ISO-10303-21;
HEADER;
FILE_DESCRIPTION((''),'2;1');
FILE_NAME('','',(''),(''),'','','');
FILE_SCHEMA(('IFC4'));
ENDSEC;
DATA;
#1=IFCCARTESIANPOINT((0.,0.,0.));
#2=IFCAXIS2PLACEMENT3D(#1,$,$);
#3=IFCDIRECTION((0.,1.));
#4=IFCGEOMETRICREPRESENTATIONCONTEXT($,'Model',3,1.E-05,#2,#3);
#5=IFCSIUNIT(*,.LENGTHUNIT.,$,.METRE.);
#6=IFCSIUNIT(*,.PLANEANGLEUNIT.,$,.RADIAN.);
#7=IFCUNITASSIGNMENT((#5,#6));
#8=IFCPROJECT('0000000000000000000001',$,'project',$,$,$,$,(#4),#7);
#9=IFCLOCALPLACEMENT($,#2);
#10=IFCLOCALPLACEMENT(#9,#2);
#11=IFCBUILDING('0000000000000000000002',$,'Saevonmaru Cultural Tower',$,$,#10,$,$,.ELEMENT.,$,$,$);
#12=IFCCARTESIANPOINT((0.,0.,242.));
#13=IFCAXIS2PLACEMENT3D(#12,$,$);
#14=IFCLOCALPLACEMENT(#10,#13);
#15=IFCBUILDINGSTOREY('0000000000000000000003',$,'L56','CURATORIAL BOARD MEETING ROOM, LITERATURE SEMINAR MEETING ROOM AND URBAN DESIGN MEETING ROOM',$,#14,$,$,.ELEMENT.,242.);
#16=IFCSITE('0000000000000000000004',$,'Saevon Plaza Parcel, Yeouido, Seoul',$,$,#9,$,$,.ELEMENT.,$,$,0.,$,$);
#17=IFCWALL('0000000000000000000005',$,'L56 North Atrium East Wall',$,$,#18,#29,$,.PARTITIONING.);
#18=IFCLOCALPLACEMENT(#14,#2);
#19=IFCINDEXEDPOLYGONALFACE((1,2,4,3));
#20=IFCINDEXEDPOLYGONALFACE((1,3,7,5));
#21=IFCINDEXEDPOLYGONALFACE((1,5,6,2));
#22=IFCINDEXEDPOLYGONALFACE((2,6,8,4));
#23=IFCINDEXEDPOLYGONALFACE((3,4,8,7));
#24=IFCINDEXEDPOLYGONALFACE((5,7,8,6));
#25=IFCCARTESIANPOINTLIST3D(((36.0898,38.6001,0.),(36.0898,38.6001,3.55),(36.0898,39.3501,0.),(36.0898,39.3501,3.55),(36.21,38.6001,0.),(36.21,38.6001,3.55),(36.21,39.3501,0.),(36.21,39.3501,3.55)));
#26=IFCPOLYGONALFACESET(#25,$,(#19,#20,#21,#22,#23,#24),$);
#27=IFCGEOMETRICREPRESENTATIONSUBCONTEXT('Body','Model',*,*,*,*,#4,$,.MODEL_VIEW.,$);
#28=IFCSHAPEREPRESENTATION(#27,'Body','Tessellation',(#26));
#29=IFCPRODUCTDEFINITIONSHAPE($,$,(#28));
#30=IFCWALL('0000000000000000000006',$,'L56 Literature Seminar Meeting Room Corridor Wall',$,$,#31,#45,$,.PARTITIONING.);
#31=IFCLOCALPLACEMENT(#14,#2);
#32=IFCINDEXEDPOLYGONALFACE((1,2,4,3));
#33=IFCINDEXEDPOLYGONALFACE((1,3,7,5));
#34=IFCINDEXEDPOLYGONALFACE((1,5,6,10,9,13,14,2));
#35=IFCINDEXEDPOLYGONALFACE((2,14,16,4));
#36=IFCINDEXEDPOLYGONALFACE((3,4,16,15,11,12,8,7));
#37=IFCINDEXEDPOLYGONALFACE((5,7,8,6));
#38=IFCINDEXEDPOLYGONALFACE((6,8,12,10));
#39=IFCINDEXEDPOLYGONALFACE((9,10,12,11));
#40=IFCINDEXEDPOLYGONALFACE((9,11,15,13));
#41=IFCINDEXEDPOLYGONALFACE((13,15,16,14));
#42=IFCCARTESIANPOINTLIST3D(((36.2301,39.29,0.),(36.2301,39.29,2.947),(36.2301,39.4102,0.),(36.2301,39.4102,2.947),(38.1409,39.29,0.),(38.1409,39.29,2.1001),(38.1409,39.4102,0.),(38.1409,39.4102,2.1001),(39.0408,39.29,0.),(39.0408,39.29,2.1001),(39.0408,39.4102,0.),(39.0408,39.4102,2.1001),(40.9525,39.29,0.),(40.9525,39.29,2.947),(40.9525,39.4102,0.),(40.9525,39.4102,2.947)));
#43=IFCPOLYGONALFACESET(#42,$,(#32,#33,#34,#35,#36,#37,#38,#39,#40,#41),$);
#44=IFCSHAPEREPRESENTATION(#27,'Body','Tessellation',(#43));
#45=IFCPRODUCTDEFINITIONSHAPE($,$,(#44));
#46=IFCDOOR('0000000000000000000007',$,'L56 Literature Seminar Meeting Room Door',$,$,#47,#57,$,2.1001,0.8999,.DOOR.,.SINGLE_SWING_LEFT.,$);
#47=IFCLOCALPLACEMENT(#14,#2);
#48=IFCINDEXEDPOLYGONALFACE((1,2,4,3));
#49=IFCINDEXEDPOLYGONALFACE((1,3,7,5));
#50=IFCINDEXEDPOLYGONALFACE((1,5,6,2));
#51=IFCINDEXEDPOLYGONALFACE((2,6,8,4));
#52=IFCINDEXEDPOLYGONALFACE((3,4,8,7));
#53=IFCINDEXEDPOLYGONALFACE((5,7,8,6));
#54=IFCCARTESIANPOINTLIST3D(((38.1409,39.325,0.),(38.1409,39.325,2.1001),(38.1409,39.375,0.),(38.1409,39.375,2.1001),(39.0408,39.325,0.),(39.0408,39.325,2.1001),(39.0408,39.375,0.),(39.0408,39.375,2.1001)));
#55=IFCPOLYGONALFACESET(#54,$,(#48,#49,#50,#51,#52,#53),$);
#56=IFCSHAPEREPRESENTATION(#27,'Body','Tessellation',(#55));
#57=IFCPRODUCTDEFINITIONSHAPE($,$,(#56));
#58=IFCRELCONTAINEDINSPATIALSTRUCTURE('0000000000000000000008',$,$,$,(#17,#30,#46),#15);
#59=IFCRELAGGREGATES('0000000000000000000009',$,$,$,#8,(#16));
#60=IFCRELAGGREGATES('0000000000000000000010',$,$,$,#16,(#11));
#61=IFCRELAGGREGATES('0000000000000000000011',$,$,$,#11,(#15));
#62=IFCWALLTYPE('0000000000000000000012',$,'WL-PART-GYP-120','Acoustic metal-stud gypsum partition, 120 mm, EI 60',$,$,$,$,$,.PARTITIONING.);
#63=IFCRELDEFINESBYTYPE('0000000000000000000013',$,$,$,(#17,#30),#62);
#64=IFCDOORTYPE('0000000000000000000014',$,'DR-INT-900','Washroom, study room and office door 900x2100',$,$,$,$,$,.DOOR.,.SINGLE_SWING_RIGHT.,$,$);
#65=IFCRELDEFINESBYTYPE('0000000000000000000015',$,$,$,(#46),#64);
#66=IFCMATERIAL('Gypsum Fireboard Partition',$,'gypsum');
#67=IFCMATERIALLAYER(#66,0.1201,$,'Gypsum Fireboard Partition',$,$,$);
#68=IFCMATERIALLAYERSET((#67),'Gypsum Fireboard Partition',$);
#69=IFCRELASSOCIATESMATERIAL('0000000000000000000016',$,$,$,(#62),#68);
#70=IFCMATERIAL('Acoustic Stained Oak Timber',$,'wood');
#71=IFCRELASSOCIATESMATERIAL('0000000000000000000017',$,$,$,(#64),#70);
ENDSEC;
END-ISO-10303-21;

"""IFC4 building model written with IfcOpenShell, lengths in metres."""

from ifc_helpers import new_model, si_unit, direction, frame, frame_2d, origin, place, context, subcontext, project, spatial, rectangle, extrude, material, layer, layer_set, type_object, element, fill, save


model = new_model("IFC4")

# Units and contexts
model_context = context("Model", 3, precision=1e-05, world=origin(), true_north=direction((0.0, 1.0)))
body_context = subcontext(model_context, "Body", "Model", "MODEL_VIEW")
ifc_project = project(units=[si_unit("LENGTHUNIT", "METRE"), si_unit("PLANEANGLEUNIT", "RADIAN")], contexts=[model_context])

# Site, building, storey
site_placement = place(None, origin())
site = spatial("IfcSite", under=ifc_project, at=site_placement, Name="Saevon Plaza Parcel, Yeouido, Seoul", CompositionType="ELEMENT", RefElevation=0.0)
building_placement = place(site_placement, origin())
building = spatial("IfcBuilding", under=site, at=building_placement, Name="Saevonmaru Cultural Tower", CompositionType="ELEMENT")
storey_placement = place(building_placement, frame((0.0, 0.0, 242.0)))
storey = spatial("IfcBuildingStorey", under=building, at=storey_placement, Name="L56", Description="CURATORIAL BOARD MEETING ROOM, LITERATURE SEMINAR MEETING ROOM AND URBAN DESIGN MEETING ROOM", CompositionType="ELEMENT", Elevation=242.0)

# Wall
ifc_material_1 = material(Name="Gypsum Fireboard Partition", Category="gypsum")
ifc_layer_1 = layer(ifc_material_1, 0.1201, Name="Gypsum Fireboard Partition")
ifc_layer_set_1 = layer_set([ifc_layer_1], Name="Gypsum Fireboard Partition")
wall_type_1 = type_object("IfcWallType", Name="WL-PART-GYP-120", Description="Acoustic metal-stud gypsum partition, 120 mm, EI 60", PredefinedType="PARTITIONING", material=ifc_layer_set_1)
wall_1_placement = place(storey_placement, frame((36.1499, 38.6001, 0.0), z_axis=(0.0, 0.0, 1.0), x_axis=(0.0, 1.0, 0.0)))
element("IfcWall", 1, at=wall_1_placement, inside=storey, type_object=wall_type_1, Name="L56 North Atrium East Wall", PredefinedType="PARTITIONING", context=body_context, shape_type="SweptSolid", body=[
    extrude(rectangle(XDim=0.75, YDim=0.1201, at=frame_2d((0.375, 0.0))), origin(), (0.0, 0.0, 1.0), 3.55),
])

# Wall, opening, door
wall_2_placement = place(storey_placement, frame((36.23, 39.3501, 0.0), z_axis=(0.0, 0.0, 1.0), x_axis=(1.0, 0.0, 0.0)))
wall_2 = element("IfcWall", 2, at=wall_2_placement, inside=storey, type_object=wall_type_1, Name="L56 Literature Seminar Meeting Room Corridor Wall", PredefinedType="PARTITIONING", context=body_context, shape_type="SweptSolid", body=[
    extrude(rectangle(XDim=4.7224, YDim=0.1201, at=frame_2d((2.3613, 0.0))), origin(), (0.0, 0.0, 1.0), 2.947),
])
opening_placement = place(wall_2_placement, frame((1.9109, 0.0, 0.0)))
opening = element("IfcOpeningElement", 3, at=opening_placement, cuts=wall_2, PredefinedType="OPENING", context=body_context, shape_type="SweptSolid", body=[
    extrude(rectangle(XDim=0.8999, YDim=2.1001, at=frame_2d((0.45, 1.05))), frame((0.0, 0.0701, 0.0), z_axis=(0.0, -1.0, 0.0), x_axis=(1.0, 0.0, 0.0)), (0.0, 0.0, 1.0), 0.1401),
])
ifc_material_2 = material(Name="Acoustic Stained Oak Timber", Category="wood")
door_type = type_object("IfcDoorType", Name="DR-INT-900", Description="Washroom, study room and office door 900x2100", OperationType="SINGLE_SWING_RIGHT", PredefinedType="DOOR", material=ifc_material_2)
door_placement = place(opening_placement, origin())
door = element("IfcDoor", 4, at=door_placement, inside=storey, type_object=door_type, Name="L56 Literature Seminar Meeting Room Door", OperationType="SINGLE_SWING_LEFT", OverallHeight=2.1001, OverallWidth=0.8999, PredefinedType="DOOR", context=body_context, shape_type="SweptSolid", body=[
    extrude(rectangle(XDim=0.8999, YDim=2.1001, at=frame_2d((0.45, 1.05))), frame((0.0, 0.0249, 0.0), z_axis=(0.0, -1.0, 0.0), x_axis=(1.0, 0.0, 0.0)), (0.0, 0.0, 1.0), 0.05),
])
fill(opening, door)

save(model, "model.ifc")
